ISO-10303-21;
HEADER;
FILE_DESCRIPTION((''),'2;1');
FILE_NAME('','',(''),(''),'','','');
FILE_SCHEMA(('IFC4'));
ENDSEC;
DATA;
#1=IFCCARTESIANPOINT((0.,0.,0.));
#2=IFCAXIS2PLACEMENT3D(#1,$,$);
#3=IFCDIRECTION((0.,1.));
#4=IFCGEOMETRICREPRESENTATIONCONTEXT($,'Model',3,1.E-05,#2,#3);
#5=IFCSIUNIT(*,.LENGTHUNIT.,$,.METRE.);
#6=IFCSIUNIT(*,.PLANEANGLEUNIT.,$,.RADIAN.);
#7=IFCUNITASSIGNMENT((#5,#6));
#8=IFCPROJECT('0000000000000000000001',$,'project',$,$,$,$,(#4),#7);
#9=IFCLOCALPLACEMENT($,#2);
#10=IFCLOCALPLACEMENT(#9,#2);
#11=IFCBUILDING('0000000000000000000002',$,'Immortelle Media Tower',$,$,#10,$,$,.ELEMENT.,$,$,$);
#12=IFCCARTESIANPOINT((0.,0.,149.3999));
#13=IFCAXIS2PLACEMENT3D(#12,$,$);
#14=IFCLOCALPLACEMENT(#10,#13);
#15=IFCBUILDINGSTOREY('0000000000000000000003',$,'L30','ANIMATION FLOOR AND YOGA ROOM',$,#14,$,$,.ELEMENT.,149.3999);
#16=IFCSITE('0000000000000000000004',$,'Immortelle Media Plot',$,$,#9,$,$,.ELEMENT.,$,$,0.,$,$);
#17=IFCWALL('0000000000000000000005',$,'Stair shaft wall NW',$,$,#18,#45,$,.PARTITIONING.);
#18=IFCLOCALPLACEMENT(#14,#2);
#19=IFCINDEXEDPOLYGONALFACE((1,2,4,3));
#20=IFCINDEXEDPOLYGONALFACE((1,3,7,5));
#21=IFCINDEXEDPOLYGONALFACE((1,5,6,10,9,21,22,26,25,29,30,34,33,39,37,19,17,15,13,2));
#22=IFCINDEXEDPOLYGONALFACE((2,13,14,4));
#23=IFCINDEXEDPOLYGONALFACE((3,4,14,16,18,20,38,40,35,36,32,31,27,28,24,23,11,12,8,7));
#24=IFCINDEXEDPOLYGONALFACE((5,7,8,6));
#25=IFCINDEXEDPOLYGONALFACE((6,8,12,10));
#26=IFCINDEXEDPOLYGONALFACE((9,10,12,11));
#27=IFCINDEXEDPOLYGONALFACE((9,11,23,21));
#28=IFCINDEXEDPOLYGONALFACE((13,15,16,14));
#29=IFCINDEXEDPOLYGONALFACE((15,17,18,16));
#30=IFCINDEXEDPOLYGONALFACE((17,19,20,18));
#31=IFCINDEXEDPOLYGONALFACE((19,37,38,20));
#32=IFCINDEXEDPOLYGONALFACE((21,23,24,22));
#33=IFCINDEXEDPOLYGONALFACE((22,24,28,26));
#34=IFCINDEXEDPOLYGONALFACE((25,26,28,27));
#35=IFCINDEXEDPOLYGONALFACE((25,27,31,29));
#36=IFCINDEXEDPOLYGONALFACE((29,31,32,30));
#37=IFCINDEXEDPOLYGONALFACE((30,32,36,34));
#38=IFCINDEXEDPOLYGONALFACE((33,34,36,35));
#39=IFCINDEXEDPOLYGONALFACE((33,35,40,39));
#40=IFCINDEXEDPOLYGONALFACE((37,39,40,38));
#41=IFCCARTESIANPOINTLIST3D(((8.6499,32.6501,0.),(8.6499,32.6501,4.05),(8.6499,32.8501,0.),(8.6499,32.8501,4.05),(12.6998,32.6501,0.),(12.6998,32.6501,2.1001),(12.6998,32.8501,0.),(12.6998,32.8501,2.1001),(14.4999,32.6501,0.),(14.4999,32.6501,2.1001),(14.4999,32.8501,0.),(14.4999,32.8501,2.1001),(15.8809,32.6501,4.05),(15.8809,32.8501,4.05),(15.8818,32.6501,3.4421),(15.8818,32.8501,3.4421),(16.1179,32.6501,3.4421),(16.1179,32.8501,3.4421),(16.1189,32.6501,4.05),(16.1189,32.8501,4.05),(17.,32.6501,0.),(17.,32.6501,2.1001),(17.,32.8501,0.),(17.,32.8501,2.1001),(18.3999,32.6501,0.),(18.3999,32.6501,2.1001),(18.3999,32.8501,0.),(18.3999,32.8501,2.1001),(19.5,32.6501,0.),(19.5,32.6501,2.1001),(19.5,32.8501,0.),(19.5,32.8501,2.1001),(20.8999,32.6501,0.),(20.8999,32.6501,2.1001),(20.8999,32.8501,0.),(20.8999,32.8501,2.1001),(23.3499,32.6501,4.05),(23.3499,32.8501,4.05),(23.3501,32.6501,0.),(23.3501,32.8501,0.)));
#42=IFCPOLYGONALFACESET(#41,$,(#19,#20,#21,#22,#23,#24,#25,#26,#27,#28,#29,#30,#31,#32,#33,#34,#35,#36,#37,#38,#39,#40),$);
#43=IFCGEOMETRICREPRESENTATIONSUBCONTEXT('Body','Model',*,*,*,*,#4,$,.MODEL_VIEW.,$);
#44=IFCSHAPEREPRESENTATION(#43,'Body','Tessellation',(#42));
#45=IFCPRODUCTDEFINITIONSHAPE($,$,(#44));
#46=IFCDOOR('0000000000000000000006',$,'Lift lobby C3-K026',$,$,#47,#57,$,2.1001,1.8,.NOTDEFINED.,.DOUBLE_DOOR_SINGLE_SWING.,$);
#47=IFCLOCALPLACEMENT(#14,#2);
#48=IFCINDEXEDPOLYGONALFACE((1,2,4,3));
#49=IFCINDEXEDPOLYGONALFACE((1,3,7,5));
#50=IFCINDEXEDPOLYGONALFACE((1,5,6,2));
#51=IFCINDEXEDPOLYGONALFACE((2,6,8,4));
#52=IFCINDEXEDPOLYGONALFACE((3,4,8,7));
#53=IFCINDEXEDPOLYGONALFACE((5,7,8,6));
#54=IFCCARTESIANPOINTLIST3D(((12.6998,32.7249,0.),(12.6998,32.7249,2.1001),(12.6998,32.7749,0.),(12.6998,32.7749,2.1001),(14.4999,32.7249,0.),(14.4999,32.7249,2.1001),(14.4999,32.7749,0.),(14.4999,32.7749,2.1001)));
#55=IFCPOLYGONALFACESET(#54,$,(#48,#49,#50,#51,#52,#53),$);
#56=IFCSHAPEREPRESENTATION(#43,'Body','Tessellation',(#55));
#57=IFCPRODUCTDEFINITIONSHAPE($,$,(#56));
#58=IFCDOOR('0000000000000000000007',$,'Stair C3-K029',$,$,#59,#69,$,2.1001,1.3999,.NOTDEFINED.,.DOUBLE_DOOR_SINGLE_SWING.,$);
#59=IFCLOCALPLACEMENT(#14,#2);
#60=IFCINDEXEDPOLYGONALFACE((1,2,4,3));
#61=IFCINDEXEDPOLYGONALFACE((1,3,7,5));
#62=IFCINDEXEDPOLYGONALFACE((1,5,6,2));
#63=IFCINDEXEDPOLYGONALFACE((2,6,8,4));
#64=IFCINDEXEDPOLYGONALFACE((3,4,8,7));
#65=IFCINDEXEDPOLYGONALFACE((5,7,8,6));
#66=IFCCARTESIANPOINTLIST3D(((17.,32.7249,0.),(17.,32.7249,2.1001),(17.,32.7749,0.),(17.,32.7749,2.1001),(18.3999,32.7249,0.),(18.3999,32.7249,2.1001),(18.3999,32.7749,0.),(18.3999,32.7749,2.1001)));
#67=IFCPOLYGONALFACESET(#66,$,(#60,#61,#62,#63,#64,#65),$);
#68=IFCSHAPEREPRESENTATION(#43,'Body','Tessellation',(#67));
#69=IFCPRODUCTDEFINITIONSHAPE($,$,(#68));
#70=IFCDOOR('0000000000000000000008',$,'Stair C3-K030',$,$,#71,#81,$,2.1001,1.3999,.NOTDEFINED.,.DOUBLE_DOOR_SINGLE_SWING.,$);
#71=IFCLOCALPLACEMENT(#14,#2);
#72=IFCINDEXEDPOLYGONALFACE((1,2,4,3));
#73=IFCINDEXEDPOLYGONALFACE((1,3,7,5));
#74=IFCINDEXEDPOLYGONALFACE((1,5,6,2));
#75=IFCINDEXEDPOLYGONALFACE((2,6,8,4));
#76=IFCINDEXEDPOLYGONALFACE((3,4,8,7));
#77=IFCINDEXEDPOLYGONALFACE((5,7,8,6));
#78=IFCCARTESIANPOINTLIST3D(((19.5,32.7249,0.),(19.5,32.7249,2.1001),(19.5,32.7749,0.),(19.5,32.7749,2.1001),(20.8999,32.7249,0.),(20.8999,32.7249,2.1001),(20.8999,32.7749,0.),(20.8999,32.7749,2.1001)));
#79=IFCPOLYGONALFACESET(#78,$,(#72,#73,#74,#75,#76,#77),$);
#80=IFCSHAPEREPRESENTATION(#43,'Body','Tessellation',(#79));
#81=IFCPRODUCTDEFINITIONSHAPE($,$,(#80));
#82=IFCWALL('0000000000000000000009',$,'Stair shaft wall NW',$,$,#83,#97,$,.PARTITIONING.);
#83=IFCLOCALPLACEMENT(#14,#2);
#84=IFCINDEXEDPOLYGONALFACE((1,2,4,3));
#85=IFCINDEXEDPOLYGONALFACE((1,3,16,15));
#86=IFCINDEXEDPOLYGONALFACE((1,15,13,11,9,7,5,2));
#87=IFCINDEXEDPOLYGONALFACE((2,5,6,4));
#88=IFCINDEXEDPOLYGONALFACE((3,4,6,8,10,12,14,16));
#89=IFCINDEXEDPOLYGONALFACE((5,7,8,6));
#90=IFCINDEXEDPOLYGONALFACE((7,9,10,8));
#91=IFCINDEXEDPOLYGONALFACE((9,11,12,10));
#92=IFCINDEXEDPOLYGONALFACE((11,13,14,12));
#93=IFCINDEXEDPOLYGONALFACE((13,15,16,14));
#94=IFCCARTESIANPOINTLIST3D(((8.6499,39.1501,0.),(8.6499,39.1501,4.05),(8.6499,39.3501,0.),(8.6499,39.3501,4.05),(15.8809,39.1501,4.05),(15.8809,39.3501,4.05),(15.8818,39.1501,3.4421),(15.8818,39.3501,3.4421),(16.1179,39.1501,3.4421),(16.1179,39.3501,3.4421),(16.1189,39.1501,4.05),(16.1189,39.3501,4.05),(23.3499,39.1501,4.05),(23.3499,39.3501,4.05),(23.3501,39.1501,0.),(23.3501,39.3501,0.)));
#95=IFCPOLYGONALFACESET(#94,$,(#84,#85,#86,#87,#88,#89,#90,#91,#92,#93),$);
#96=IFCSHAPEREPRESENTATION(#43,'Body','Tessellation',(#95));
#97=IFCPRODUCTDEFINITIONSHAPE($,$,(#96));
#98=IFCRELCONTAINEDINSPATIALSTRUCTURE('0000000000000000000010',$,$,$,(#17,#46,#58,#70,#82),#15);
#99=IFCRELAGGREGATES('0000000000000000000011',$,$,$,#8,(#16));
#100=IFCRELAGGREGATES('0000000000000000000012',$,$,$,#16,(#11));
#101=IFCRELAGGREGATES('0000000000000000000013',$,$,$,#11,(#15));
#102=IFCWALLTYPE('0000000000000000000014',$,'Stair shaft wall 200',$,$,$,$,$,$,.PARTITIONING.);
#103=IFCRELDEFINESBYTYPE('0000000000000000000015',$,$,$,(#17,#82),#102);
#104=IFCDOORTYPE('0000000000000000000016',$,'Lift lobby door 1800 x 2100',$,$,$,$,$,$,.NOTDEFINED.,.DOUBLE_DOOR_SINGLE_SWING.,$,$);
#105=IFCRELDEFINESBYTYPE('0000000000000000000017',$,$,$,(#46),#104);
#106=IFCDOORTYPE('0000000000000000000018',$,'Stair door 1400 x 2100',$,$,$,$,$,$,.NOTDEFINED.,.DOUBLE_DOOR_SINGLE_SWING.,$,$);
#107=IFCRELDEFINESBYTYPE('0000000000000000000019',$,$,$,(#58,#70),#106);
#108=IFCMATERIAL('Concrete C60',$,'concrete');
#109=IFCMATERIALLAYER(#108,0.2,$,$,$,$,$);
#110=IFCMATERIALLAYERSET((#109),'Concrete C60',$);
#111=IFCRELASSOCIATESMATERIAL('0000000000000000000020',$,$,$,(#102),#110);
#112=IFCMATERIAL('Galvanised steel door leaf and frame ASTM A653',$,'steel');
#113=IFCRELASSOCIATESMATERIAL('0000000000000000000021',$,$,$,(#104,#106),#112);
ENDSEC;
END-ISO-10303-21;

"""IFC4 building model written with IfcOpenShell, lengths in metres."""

from ifc_helpers import new_model, si_unit, direction, frame, frame_2d, origin, place, context, subcontext, project, spatial, polyline, rectangle, outline, extrude, material, layer, layer_set, type_object, element, fill, save


model = new_model("IFC4")

# Units and contexts
model_context = context("Model", 3, precision=1e-05, world=origin(), true_north=direction((0.0, 1.0)))
body_context = subcontext(model_context, "Body", "Model", "MODEL_VIEW")
ifc_project = project(units=[si_unit("LENGTHUNIT", "METRE"), si_unit("PLANEANGLEUNIT", "RADIAN")], contexts=[model_context])

# Site, building, storey
site_placement = place(None, origin())
site = spatial("IfcSite", under=ifc_project, at=site_placement, Name="Immortelle Media Plot", CompositionType="ELEMENT", RefElevation=0.0)
building_placement = place(site_placement, origin())
building = spatial("IfcBuilding", under=site, at=building_placement, Name="Immortelle Media Tower", CompositionType="ELEMENT")
storey_placement = place(building_placement, frame((0.0, 0.0, 149.3999)))
storey = spatial("IfcBuildingStorey", under=building, at=storey_placement, Name="L30", Description="ANIMATION FLOOR AND YOGA ROOM", CompositionType="ELEMENT", Elevation=149.3999)

# Shared definitions
ifc_material_1 = material(Name="Galvanised steel door leaf and frame ASTM A653", Category="steel")

# Wall, openings, doors
ifc_material_2 = material(Name="Concrete C60", Category="concrete")
ifc_layer_1 = layer(ifc_material_2, 0.2)
ifc_layer_set_1 = layer_set([ifc_layer_1], Name="Concrete C60")
wall_type_1 = type_object("IfcWallType", Name="Stair shaft wall 200", PredefinedType="PARTITIONING", material=ifc_layer_set_1)
wall_1_placement = place(storey_placement, frame((8.6499, 32.75, 0.0), z_axis=(0.0, 0.0, 1.0), x_axis=(1.0, 0.0, 0.0)))
wall_1 = element("IfcWall", 1, at=wall_1_placement, inside=storey, type_object=wall_type_1, Name="Stair shaft wall NW", PredefinedType="PARTITIONING", context=body_context, shape_type="SweptSolid", body=[
    extrude(outline(polyline([(0.0, 0.0), (14.7002, 0.0), (14.7, 4.05), (7.469, 4.05), (7.468, 3.4421), (7.2319, 3.4421), (7.231, 4.05), (0.0, 4.05), (0.0, 0.0)])), frame((0.0, 0.1001, 0.0), z_axis=(0.0, -1.0, 0.0), x_axis=(1.0, 0.0, 0.0)), (0.0, 0.0, 1.0), 0.2),
])
opening_1_placement = place(wall_1_placement, frame((4.05, 0.0, 0.0)))
opening_1 = element("IfcOpeningElement", 2, at=opening_1_placement, cuts=wall_1, PredefinedType="OPENING", context=body_context, shape_type="SweptSolid", body=[
    extrude(rectangle(XDim=1.8, YDim=2.1001, at=frame_2d((0.8999, 1.05))), frame((0.0, 0.1099, 0.0), z_axis=(0.0, -1.0, 0.0), x_axis=(1.0, 0.0, 0.0)), (0.0, 0.0, 1.0), 0.22),
])
opening_2_placement = place(wall_1_placement, frame((8.3501, 0.0, 0.0)))
opening_2 = element("IfcOpeningElement", 3, at=opening_2_placement, cuts=wall_1, PredefinedType="OPENING", context=body_context, shape_type="SweptSolid", body=[
    extrude(rectangle(XDim=1.3999, YDim=2.1001, at=frame_2d((0.7, 1.05))), frame((0.0, 0.1099, 0.0), z_axis=(0.0, -1.0, 0.0), x_axis=(1.0, 0.0, 0.0)), (0.0, 0.0, 1.0), 0.22),
])
opening_3_placement = place(wall_1_placement, frame((10.8501, 0.0, 0.0)))
opening_3 = element("IfcOpeningElement", 4, at=opening_3_placement, cuts=wall_1, PredefinedType="OPENING", context=body_context, shape_type="SweptSolid", body=[
    extrude(rectangle(XDim=1.3999, YDim=2.1001, at=frame_2d((0.7, 1.05))), frame((0.0, 0.1099, 0.0), z_axis=(0.0, -1.0, 0.0), x_axis=(1.0, 0.0, 0.0)), (0.0, 0.0, 1.0), 0.22),
])
door_type_1 = type_object("IfcDoorType", Name="Lift lobby door 1800 x 2100", OperationType="DOUBLE_DOOR_SINGLE_SWING", PredefinedType="NOTDEFINED", material=ifc_material_1)
door_1_placement = place(opening_1_placement, origin())
door_1 = element("IfcDoor", 5, at=door_1_placement, inside=storey, type_object=door_type_1, Name="Lift lobby C3-K026", OperationType="DOUBLE_DOOR_SINGLE_SWING", OverallHeight=2.1001, OverallWidth=1.8, PredefinedType="NOTDEFINED", context=body_context, shape_type="SweptSolid", body=[
    extrude(rectangle(XDim=1.8, YDim=2.1001, at=frame_2d((0.8999, 1.05))), frame((0.0, 0.0249, 0.0), z_axis=(0.0, -1.0, 0.0), x_axis=(1.0, 0.0, 0.0)), (0.0, 0.0, 1.0), 0.05),
])
fill(opening_1, door_1)
door_type_2 = type_object("IfcDoorType", Name="Stair door 1400 x 2100", OperationType="DOUBLE_DOOR_SINGLE_SWING", PredefinedType="NOTDEFINED", material=ifc_material_1)
door_2_placement = place(opening_2_placement, origin())
door_2 = element("IfcDoor", 6, at=door_2_placement, inside=storey, type_object=door_type_2, Name="Stair C3-K029", OperationType="DOUBLE_DOOR_SINGLE_SWING", OverallHeight=2.1001, OverallWidth=1.3999, PredefinedType="NOTDEFINED", context=body_context, shape_type="SweptSolid", body=[
    extrude(rectangle(XDim=1.3999, YDim=2.1001, at=frame_2d((0.7, 1.05))), frame((0.0, 0.0249, 0.0), z_axis=(0.0, -1.0, 0.0), x_axis=(1.0, 0.0, 0.0)), (0.0, 0.0, 1.0), 0.05),
])
fill(opening_2, door_2)
door_3_placement = place(opening_3_placement, origin())
door_3 = element("IfcDoor", 7, at=door_3_placement, inside=storey, type_object=door_type_2, Name="Stair C3-K030", OperationType="DOUBLE_DOOR_SINGLE_SWING", OverallHeight=2.1001, OverallWidth=1.3999, PredefinedType="NOTDEFINED", context=body_context, shape_type="SweptSolid", body=[
    extrude(rectangle(XDim=1.3999, YDim=2.1001, at=frame_2d((0.7, 1.05))), frame((0.0, 0.0249, 0.0), z_axis=(0.0, -1.0, 0.0), x_axis=(1.0, 0.0, 0.0)), (0.0, 0.0, 1.0), 0.05),
])
fill(opening_3, door_3)

# Wall
wall_2_placement = place(storey_placement, frame((8.6499, 39.25, 0.0), z_axis=(0.0, 0.0, 1.0), x_axis=(1.0, 0.0, 0.0)))
element("IfcWall", 8, at=wall_2_placement, inside=storey, type_object=wall_type_1, Name="Stair shaft wall NW", PredefinedType="PARTITIONING", context=body_context, shape_type="SweptSolid", body=[
    extrude(outline(polyline([(0.0, 0.0), (14.7002, 0.0), (14.7, 4.05), (7.469, 4.05), (7.468, 3.4421), (7.2319, 3.4421), (7.231, 4.05), (0.0, 4.05), (0.0, 0.0)])), frame((0.0, 0.1001, 0.0), z_axis=(0.0, -1.0, 0.0), x_axis=(1.0, 0.0, 0.0)), (0.0, 0.0, 1.0), 0.2),
])

save(model, "model.ifc")
